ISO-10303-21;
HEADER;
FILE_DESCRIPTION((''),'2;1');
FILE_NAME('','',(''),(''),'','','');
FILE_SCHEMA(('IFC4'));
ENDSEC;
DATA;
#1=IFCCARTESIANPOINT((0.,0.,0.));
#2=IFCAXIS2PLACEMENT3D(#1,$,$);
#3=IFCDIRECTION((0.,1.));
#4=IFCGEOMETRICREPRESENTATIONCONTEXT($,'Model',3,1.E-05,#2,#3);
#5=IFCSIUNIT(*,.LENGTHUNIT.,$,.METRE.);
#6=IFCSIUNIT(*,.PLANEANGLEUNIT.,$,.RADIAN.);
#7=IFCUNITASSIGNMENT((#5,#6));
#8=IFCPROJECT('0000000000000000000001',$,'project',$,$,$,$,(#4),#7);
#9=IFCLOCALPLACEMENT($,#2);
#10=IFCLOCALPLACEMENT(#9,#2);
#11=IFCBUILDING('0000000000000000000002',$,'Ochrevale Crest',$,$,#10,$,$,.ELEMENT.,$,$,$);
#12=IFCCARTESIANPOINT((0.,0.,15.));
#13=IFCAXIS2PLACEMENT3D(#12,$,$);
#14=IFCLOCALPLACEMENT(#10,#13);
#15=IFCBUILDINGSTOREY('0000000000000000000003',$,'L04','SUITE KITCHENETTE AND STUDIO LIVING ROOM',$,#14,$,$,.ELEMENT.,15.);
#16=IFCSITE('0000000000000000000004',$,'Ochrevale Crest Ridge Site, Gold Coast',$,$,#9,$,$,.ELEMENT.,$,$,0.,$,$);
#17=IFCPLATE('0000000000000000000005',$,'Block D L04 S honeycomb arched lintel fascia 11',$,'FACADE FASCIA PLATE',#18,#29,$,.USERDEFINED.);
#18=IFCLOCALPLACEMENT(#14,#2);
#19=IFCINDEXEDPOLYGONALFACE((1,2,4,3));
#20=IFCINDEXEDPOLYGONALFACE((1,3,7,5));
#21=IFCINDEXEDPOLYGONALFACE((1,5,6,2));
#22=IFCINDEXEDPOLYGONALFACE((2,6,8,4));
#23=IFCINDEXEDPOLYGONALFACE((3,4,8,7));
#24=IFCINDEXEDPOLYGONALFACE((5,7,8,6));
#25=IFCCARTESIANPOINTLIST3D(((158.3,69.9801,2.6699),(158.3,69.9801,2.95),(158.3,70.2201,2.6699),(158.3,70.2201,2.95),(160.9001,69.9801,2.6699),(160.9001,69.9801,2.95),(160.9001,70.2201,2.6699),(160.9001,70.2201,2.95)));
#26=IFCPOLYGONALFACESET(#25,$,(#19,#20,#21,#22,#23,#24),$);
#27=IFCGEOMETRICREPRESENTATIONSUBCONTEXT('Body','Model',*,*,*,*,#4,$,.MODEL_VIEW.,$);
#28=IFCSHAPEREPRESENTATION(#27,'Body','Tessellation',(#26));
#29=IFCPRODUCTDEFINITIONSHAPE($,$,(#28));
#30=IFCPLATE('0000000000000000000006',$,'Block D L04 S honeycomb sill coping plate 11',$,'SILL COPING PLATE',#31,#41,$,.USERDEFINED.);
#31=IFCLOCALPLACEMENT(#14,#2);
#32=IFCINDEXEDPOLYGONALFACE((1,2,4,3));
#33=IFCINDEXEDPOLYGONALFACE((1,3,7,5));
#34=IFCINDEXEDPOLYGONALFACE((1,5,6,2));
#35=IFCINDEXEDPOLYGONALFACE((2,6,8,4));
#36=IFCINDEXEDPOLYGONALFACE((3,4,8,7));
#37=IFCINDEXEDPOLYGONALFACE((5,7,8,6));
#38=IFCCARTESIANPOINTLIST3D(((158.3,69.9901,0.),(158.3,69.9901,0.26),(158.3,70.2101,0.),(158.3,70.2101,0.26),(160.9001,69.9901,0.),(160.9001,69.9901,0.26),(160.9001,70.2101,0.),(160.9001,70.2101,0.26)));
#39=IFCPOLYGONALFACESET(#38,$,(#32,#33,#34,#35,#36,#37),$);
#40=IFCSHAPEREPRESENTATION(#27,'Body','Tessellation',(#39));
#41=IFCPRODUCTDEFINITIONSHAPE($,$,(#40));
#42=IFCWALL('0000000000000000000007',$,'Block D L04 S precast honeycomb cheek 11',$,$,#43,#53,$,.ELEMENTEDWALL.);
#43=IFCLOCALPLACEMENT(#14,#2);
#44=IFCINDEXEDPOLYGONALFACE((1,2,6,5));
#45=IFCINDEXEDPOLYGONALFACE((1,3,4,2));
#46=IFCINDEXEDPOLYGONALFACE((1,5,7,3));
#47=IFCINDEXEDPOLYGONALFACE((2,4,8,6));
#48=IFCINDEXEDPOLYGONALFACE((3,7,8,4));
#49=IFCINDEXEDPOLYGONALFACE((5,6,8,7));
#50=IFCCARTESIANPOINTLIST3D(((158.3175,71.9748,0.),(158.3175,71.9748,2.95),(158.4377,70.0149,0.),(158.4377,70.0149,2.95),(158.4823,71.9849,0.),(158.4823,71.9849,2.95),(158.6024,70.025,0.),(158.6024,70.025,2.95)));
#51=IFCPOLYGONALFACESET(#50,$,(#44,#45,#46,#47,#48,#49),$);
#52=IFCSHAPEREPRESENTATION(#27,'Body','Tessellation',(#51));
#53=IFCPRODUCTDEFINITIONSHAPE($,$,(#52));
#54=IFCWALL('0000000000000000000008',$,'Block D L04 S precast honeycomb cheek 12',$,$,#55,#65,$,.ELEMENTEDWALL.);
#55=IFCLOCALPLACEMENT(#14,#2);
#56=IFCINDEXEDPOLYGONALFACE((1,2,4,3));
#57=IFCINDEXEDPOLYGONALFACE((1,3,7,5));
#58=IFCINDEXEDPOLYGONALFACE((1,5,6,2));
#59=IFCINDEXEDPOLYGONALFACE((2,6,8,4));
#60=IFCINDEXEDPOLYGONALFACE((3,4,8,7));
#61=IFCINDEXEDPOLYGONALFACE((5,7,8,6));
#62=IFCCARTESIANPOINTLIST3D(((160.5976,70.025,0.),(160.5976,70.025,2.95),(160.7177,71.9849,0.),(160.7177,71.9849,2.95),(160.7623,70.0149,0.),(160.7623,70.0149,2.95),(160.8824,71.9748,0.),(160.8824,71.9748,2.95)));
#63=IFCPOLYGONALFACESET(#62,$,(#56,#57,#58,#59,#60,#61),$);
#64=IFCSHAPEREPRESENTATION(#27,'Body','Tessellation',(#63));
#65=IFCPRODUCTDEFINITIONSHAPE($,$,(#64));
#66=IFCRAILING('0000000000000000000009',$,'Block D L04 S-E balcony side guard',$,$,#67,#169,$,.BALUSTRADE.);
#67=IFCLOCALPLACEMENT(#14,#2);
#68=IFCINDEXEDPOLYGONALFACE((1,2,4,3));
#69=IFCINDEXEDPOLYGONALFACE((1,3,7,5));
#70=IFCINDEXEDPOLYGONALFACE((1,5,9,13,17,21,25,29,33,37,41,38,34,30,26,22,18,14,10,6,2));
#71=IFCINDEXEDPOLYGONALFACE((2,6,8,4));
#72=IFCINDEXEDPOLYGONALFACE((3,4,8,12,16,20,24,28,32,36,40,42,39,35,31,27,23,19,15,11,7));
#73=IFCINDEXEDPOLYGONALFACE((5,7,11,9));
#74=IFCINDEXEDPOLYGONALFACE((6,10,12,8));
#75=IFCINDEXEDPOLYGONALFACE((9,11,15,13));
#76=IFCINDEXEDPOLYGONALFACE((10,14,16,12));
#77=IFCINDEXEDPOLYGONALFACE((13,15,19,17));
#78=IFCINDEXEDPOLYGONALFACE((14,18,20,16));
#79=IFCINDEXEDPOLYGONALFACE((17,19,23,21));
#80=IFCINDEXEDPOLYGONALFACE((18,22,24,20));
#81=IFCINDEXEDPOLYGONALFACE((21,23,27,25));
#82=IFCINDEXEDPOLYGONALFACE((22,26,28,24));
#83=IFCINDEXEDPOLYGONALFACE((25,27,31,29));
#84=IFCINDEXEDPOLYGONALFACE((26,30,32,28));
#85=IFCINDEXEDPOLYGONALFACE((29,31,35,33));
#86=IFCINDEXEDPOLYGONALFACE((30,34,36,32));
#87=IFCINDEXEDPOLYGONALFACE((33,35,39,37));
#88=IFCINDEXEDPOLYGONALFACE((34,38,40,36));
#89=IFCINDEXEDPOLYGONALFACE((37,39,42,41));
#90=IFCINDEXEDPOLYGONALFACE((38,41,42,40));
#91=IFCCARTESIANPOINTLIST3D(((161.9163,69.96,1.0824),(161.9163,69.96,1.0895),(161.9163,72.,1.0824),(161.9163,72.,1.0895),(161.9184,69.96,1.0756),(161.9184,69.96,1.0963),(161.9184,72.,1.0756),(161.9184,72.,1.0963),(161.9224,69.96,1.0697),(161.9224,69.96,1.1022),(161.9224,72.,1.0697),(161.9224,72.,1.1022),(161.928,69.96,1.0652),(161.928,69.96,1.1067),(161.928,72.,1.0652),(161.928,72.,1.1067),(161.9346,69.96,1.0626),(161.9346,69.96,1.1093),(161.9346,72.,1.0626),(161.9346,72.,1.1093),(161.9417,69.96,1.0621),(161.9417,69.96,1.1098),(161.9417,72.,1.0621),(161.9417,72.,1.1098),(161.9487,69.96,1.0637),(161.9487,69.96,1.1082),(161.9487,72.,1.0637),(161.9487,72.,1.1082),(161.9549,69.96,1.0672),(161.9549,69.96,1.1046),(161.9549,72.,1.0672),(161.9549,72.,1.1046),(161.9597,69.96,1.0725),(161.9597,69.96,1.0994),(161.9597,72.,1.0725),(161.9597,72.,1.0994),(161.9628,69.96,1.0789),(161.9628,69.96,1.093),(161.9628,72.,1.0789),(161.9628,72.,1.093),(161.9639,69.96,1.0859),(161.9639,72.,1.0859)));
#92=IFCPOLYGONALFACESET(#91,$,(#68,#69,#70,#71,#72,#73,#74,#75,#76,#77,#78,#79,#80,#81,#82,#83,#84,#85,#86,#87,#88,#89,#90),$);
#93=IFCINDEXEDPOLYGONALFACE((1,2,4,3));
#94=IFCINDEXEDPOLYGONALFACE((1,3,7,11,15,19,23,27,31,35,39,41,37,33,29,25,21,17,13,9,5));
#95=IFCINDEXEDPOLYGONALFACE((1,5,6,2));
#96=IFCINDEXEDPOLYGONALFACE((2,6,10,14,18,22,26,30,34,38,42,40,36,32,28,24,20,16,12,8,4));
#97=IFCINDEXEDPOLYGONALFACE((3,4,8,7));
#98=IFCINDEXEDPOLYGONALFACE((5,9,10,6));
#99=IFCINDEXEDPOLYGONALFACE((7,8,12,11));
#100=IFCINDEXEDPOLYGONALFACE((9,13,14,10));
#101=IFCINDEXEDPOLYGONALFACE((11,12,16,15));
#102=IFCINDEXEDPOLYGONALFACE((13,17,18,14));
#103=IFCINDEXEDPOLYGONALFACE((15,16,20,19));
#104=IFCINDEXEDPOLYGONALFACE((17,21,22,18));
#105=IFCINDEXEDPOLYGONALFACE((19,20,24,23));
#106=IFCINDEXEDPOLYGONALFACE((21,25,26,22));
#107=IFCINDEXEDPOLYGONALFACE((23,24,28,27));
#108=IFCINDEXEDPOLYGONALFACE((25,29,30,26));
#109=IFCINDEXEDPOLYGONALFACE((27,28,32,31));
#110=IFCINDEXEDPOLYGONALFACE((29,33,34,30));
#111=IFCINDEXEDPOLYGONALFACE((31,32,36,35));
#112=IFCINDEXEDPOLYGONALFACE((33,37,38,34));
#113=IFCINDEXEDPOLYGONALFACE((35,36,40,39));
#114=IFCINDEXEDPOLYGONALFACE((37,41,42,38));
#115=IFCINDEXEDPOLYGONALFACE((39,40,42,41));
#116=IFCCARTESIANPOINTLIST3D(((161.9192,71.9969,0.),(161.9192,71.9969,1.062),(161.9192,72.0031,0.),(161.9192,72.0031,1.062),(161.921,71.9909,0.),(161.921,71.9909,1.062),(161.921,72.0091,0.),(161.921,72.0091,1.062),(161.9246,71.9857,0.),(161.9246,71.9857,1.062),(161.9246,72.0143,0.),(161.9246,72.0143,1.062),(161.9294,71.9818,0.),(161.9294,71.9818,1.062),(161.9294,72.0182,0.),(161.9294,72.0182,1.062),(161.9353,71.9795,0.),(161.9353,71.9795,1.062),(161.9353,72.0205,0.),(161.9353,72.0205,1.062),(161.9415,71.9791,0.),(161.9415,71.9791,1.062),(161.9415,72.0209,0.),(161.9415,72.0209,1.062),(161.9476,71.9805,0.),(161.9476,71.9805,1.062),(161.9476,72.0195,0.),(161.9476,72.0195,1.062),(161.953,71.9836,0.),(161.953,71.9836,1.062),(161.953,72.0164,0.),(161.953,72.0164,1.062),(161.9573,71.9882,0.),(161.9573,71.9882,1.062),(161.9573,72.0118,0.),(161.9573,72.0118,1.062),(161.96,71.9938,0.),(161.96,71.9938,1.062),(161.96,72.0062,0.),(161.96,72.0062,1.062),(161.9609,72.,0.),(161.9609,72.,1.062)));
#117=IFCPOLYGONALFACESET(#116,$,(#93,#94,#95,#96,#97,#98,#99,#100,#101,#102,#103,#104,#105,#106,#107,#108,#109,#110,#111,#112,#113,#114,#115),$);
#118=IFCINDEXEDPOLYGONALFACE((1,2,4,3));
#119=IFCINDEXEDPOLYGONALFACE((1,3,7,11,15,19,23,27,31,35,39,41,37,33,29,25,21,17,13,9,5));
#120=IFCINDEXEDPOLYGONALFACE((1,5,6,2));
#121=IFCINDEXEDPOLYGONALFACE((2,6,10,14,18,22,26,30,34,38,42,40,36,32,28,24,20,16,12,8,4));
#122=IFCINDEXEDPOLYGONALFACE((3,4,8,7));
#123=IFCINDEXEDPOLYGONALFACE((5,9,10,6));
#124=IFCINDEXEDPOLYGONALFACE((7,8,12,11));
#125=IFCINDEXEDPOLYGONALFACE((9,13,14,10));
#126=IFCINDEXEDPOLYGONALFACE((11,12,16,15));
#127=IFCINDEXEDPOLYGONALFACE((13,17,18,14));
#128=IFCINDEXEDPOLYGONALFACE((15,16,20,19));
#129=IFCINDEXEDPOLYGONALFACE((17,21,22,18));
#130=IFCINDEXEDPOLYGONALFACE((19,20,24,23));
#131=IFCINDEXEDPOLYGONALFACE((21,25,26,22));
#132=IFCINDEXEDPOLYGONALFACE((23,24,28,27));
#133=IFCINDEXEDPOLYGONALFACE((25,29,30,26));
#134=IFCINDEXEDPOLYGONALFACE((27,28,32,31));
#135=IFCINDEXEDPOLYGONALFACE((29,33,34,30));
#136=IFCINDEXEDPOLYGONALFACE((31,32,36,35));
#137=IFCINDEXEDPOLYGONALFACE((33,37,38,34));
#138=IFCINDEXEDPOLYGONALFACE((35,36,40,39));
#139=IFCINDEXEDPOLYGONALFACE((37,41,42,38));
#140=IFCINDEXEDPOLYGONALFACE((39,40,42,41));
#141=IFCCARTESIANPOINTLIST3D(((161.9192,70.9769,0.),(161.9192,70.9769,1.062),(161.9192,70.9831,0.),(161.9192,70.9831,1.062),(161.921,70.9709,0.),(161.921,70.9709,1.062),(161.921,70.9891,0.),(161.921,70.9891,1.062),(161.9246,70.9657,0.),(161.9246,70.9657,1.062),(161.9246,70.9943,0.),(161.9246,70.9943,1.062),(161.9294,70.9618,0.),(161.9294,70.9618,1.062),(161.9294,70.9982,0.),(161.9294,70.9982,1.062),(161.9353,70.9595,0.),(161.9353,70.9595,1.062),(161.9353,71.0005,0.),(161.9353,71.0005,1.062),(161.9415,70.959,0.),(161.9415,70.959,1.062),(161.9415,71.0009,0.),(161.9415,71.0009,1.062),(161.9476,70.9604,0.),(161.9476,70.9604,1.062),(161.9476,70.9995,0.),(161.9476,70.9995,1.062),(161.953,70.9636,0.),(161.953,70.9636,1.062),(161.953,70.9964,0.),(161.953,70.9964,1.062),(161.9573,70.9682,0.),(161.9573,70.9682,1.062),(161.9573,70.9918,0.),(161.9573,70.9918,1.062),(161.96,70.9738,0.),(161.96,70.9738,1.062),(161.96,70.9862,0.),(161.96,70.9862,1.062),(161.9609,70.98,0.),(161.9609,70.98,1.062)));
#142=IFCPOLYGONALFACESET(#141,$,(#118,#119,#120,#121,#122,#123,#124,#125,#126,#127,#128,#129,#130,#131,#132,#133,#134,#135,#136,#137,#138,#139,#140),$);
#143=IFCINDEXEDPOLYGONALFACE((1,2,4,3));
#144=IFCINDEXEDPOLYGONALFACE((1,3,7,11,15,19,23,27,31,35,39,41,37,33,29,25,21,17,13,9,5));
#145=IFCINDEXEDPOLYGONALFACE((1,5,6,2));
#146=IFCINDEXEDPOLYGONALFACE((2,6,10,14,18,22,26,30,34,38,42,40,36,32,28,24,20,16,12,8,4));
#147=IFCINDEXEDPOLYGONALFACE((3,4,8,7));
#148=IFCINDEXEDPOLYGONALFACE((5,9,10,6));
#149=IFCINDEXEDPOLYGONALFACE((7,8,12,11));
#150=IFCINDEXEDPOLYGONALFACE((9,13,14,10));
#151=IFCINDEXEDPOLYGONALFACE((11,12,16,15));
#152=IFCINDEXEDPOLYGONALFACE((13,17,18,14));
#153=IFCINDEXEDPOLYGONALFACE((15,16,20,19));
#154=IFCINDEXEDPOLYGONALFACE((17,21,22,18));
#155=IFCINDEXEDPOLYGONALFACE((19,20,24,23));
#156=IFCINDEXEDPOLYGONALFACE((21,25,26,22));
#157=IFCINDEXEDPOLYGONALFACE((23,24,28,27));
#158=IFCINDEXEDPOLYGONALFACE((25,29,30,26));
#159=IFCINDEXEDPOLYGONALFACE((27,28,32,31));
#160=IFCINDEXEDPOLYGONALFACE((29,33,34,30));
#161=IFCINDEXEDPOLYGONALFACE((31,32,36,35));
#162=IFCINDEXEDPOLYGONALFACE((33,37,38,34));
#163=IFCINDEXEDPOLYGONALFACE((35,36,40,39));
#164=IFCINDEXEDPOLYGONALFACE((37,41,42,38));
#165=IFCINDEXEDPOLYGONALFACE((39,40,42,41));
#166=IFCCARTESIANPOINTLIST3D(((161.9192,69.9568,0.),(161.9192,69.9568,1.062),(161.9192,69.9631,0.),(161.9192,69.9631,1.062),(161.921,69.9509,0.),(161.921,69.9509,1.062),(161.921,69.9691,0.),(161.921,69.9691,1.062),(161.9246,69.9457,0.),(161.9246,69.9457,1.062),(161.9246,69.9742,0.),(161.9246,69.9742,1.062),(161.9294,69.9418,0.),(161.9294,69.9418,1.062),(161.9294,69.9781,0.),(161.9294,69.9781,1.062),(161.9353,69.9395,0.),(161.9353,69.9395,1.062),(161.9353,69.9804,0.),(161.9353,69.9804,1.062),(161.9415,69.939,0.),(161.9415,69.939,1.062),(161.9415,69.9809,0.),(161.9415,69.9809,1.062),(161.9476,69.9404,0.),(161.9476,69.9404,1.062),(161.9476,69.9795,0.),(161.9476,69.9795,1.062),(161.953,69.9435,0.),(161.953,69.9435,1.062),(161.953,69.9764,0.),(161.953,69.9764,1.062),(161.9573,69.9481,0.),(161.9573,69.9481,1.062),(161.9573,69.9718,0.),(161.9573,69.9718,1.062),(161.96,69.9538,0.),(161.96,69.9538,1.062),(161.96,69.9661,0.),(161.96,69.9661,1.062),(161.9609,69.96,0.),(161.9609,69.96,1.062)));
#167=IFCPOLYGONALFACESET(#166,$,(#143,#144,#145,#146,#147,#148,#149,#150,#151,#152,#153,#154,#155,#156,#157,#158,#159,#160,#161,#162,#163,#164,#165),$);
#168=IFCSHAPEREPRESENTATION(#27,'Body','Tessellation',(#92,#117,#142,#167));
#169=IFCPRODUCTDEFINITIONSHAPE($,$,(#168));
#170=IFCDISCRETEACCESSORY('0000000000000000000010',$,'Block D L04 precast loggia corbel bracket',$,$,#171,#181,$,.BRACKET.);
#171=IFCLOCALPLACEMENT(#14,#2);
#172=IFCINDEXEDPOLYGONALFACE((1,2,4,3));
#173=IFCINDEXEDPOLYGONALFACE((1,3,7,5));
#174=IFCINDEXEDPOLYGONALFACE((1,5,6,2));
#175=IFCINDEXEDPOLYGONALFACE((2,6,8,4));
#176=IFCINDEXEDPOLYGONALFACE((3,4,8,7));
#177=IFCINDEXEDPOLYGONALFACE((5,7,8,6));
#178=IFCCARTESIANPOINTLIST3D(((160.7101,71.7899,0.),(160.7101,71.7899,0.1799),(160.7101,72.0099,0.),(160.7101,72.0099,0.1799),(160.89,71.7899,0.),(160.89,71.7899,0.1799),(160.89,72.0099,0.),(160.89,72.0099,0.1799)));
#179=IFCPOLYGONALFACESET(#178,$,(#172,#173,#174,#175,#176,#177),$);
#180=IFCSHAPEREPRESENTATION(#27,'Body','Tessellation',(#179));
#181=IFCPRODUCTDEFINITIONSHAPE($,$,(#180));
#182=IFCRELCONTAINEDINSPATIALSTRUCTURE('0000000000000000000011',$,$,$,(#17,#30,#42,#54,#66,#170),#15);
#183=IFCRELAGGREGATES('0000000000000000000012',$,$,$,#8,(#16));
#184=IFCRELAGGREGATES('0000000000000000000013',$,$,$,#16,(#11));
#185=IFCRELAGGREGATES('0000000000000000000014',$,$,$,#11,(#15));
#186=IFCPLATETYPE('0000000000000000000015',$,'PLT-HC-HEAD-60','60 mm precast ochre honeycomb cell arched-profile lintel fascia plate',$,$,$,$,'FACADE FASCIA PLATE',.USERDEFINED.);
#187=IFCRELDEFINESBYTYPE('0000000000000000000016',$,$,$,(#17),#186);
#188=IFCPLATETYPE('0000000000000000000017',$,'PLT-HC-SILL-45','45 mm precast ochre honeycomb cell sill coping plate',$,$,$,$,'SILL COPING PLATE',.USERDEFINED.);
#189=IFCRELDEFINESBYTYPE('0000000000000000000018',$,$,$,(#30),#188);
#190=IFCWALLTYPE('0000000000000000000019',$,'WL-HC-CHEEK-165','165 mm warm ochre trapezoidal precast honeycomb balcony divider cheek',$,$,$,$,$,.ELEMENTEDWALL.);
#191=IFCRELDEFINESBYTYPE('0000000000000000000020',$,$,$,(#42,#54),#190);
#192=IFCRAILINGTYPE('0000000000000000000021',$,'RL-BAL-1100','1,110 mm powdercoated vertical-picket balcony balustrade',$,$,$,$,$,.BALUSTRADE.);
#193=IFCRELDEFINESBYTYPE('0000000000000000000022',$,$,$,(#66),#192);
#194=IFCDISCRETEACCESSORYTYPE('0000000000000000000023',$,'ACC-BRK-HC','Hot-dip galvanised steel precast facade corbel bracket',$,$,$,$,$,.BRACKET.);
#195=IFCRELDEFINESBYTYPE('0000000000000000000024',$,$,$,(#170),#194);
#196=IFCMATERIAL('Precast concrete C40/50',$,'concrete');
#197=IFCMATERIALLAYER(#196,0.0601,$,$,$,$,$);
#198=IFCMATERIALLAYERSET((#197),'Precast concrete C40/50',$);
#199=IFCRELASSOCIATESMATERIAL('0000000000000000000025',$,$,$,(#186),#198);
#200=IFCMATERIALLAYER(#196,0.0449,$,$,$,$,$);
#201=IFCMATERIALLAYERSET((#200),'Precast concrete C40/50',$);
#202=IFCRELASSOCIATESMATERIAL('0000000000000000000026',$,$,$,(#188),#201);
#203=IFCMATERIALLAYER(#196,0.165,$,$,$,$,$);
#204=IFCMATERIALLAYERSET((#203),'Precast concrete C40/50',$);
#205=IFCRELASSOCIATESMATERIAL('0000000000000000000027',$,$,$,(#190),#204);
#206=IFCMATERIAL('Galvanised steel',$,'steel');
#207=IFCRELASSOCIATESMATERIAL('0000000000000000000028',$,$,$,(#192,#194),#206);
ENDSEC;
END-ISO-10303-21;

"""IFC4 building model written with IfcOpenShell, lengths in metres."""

from ifc_helpers import new_model, si_unit, direction, frame, frame_2d, origin, origin_2d, place, context, subcontext, project, spatial, rectangle, circle, extrude, material, layer, layer_set, type_object, element, save


model = new_model("IFC4")

# Units and contexts
model_context = context("Model", 3, precision=1e-05, world=origin(), true_north=direction((0.0, 1.0)))
body_context = subcontext(model_context, "Body", "Model", "MODEL_VIEW")
ifc_project = project(units=[si_unit("LENGTHUNIT", "METRE"), si_unit("PLANEANGLEUNIT", "RADIAN")], contexts=[model_context])

# Site, building, storey
site_placement = place(None, origin())
site = spatial("IfcSite", under=ifc_project, at=site_placement, Name="Ochrevale Crest Ridge Site, Gold Coast", CompositionType="ELEMENT", RefElevation=0.0)
building_placement = place(site_placement, origin())
building = spatial("IfcBuilding", under=site, at=building_placement, Name="Ochrevale Crest", CompositionType="ELEMENT")
storey_placement = place(building_placement, frame((0.0, 0.0, 15.0)))
storey = spatial("IfcBuildingStorey", under=building, at=storey_placement, Name="L04", Description="SUITE KITCHENETTE AND STUDIO LIVING ROOM", CompositionType="ELEMENT", Elevation=15.0)

# Plates
ifc_material_1 = material(Name="Precast concrete C40/50", Category="concrete")
ifc_layer_1 = layer(ifc_material_1, 0.0601)
ifc_layer_set_1 = layer_set([ifc_layer_1], Name="Precast concrete C40/50")
plate_type_1 = type_object("IfcPlateType", Name="PLT-HC-HEAD-60", Description="60 mm precast ochre honeycomb cell arched-profile lintel fascia plate", ElementType="FACADE FASCIA PLATE", PredefinedType="USERDEFINED", material=ifc_layer_set_1)
plate_1_placement = place(storey_placement, frame((159.6001, 70.1001, 2.6699), z_axis=(0.0, 0.0, 1.0), x_axis=(1.0, 0.0, 0.0)))
element("IfcPlate", 1, at=plate_1_placement, inside=storey, type_object=plate_type_1, Name="Block D L04 S honeycomb arched lintel fascia 11", ObjectType="FACADE FASCIA PLATE", PredefinedType="USERDEFINED", context=body_context, shape_type="SweptSolid", body=[
    extrude(rectangle(XDim=2.6001, YDim=0.24, at=origin_2d()), origin(), (0.0, 0.0, 1.0), 0.28),
])
ifc_layer_2 = layer(ifc_material_1, 0.0449)
ifc_layer_set_2 = layer_set([ifc_layer_2], Name="Precast concrete C40/50")
plate_type_2 = type_object("IfcPlateType", Name="PLT-HC-SILL-45", Description="45 mm precast ochre honeycomb cell sill coping plate", ElementType="SILL COPING PLATE", PredefinedType="USERDEFINED", material=ifc_layer_set_2)
plate_2_placement = place(storey_placement, frame((159.6001, 70.1001, 0.0), z_axis=(0.0, 0.0, 1.0), x_axis=(1.0, 0.0, 0.0)))
element("IfcPlate", 2, at=plate_2_placement, inside=storey, type_object=plate_type_2, Name="Block D L04 S honeycomb sill coping plate 11", ObjectType="SILL COPING PLATE", PredefinedType="USERDEFINED", context=body_context, shape_type="SweptSolid", body=[
    extrude(rectangle(XDim=2.6001, YDim=0.22, at=origin_2d()), origin(), (0.0, 0.0, 1.0), 0.26),
])

# Walls
ifc_layer_3 = layer(ifc_material_1, 0.165)
ifc_layer_set_3 = layer_set([ifc_layer_3], Name="Precast concrete C40/50")
wall_type = type_object("IfcWallType", Name="WL-HC-CHEEK-165", Description="165 mm warm ochre trapezoidal precast honeycomb balcony divider cheek", PredefinedType="ELEMENTEDWALL", material=ifc_layer_set_3)
for number, where, z_axis, x_axis, name in (
    (3, (158.3999, 71.98, 0.0), (0.0, 0.0, 1.0), (0.061171, -0.998127, 0.0), "Block D L04 S precast honeycomb cheek 11"),
    (4, (160.8, 71.98, 0.0), (0.0, 0.0, 1.0), (-0.061171, -0.998127, 0.0), "Block D L04 S precast honeycomb cheek 12"),
):
    element("IfcWall", number, at=place(storey_placement, frame(where, z_axis=z_axis, x_axis=x_axis)), inside=storey, type_object=wall_type, Name=name, PredefinedType="ELEMENTEDWALL", context=body_context, shape_type="SweptSolid", body=[
        extrude(rectangle(XDim=1.9636, YDim=0.165, at=frame_2d((0.9819, 0.0))), origin(), (0.0, 0.0, 1.0), 2.95),
    ])

# Railing
ifc_material_2 = material(Name="Galvanised steel", Category="steel")
railing_type = type_object("IfcRailingType", Name="RL-BAL-1100", Description="1,110 mm powdercoated vertical-picket balcony balustrade", PredefinedType="BALUSTRADE", material=ifc_material_2)
railing_placement = place(storey_placement, frame((161.9399, 72.0, 0.0)))
element("IfcRailing", 5, at=railing_placement, inside=storey, type_object=railing_type, Name="Block D L04 S-E balcony side guard", PredefinedType="BALUSTRADE", context=body_context, shape_type="SweptSolid", body=[
    extrude(circle(Radius=0.0239, at=origin_2d()), frame((0.0, 0.0, 1.0859), z_axis=(0.0, -1.0, 0.0), x_axis=(1.0, 0.0, 0.0)), (0.0, 0.0, 1.0), 2.04),
    extrude(circle(Radius=0.021, at=origin_2d()), origin(), (0.0, 0.0, 1.0), 1.062),
    extrude(circle(Radius=0.021, at=origin_2d()), frame((0.0, -1.02, 0.0)), (0.0, 0.0, 1.0), 1.062),
    extrude(circle(Radius=0.021, at=origin_2d()), frame((0.0, -2.04, 0.0)), (0.0, 0.0, 1.0), 1.062),
])

# Discrete accessory
discrete_accessory_type = type_object("IfcDiscreteAccessoryType", Name="ACC-BRK-HC", Description="Hot-dip galvanised steel precast facade corbel bracket", PredefinedType="BRACKET", material=ifc_material_2)
discrete_accessory_placement = place(storey_placement, frame((160.8, 71.8999, 0.0), z_axis=(0.0, 0.0, 1.0), x_axis=(1.0, 0.0, 0.0)))
element("IfcDiscreteAccessory", 6, at=discrete_accessory_placement, inside=storey, type_object=discrete_accessory_type, Name="Block D L04 precast loggia corbel bracket", PredefinedType="BRACKET", context=body_context, shape_type="SweptSolid", body=[
    extrude(rectangle(XDim=0.1799, YDim=0.22, at=origin_2d()), origin(), (0.0, 0.0, 1.0), 0.1799),
])

save(model, "model.ifc")
